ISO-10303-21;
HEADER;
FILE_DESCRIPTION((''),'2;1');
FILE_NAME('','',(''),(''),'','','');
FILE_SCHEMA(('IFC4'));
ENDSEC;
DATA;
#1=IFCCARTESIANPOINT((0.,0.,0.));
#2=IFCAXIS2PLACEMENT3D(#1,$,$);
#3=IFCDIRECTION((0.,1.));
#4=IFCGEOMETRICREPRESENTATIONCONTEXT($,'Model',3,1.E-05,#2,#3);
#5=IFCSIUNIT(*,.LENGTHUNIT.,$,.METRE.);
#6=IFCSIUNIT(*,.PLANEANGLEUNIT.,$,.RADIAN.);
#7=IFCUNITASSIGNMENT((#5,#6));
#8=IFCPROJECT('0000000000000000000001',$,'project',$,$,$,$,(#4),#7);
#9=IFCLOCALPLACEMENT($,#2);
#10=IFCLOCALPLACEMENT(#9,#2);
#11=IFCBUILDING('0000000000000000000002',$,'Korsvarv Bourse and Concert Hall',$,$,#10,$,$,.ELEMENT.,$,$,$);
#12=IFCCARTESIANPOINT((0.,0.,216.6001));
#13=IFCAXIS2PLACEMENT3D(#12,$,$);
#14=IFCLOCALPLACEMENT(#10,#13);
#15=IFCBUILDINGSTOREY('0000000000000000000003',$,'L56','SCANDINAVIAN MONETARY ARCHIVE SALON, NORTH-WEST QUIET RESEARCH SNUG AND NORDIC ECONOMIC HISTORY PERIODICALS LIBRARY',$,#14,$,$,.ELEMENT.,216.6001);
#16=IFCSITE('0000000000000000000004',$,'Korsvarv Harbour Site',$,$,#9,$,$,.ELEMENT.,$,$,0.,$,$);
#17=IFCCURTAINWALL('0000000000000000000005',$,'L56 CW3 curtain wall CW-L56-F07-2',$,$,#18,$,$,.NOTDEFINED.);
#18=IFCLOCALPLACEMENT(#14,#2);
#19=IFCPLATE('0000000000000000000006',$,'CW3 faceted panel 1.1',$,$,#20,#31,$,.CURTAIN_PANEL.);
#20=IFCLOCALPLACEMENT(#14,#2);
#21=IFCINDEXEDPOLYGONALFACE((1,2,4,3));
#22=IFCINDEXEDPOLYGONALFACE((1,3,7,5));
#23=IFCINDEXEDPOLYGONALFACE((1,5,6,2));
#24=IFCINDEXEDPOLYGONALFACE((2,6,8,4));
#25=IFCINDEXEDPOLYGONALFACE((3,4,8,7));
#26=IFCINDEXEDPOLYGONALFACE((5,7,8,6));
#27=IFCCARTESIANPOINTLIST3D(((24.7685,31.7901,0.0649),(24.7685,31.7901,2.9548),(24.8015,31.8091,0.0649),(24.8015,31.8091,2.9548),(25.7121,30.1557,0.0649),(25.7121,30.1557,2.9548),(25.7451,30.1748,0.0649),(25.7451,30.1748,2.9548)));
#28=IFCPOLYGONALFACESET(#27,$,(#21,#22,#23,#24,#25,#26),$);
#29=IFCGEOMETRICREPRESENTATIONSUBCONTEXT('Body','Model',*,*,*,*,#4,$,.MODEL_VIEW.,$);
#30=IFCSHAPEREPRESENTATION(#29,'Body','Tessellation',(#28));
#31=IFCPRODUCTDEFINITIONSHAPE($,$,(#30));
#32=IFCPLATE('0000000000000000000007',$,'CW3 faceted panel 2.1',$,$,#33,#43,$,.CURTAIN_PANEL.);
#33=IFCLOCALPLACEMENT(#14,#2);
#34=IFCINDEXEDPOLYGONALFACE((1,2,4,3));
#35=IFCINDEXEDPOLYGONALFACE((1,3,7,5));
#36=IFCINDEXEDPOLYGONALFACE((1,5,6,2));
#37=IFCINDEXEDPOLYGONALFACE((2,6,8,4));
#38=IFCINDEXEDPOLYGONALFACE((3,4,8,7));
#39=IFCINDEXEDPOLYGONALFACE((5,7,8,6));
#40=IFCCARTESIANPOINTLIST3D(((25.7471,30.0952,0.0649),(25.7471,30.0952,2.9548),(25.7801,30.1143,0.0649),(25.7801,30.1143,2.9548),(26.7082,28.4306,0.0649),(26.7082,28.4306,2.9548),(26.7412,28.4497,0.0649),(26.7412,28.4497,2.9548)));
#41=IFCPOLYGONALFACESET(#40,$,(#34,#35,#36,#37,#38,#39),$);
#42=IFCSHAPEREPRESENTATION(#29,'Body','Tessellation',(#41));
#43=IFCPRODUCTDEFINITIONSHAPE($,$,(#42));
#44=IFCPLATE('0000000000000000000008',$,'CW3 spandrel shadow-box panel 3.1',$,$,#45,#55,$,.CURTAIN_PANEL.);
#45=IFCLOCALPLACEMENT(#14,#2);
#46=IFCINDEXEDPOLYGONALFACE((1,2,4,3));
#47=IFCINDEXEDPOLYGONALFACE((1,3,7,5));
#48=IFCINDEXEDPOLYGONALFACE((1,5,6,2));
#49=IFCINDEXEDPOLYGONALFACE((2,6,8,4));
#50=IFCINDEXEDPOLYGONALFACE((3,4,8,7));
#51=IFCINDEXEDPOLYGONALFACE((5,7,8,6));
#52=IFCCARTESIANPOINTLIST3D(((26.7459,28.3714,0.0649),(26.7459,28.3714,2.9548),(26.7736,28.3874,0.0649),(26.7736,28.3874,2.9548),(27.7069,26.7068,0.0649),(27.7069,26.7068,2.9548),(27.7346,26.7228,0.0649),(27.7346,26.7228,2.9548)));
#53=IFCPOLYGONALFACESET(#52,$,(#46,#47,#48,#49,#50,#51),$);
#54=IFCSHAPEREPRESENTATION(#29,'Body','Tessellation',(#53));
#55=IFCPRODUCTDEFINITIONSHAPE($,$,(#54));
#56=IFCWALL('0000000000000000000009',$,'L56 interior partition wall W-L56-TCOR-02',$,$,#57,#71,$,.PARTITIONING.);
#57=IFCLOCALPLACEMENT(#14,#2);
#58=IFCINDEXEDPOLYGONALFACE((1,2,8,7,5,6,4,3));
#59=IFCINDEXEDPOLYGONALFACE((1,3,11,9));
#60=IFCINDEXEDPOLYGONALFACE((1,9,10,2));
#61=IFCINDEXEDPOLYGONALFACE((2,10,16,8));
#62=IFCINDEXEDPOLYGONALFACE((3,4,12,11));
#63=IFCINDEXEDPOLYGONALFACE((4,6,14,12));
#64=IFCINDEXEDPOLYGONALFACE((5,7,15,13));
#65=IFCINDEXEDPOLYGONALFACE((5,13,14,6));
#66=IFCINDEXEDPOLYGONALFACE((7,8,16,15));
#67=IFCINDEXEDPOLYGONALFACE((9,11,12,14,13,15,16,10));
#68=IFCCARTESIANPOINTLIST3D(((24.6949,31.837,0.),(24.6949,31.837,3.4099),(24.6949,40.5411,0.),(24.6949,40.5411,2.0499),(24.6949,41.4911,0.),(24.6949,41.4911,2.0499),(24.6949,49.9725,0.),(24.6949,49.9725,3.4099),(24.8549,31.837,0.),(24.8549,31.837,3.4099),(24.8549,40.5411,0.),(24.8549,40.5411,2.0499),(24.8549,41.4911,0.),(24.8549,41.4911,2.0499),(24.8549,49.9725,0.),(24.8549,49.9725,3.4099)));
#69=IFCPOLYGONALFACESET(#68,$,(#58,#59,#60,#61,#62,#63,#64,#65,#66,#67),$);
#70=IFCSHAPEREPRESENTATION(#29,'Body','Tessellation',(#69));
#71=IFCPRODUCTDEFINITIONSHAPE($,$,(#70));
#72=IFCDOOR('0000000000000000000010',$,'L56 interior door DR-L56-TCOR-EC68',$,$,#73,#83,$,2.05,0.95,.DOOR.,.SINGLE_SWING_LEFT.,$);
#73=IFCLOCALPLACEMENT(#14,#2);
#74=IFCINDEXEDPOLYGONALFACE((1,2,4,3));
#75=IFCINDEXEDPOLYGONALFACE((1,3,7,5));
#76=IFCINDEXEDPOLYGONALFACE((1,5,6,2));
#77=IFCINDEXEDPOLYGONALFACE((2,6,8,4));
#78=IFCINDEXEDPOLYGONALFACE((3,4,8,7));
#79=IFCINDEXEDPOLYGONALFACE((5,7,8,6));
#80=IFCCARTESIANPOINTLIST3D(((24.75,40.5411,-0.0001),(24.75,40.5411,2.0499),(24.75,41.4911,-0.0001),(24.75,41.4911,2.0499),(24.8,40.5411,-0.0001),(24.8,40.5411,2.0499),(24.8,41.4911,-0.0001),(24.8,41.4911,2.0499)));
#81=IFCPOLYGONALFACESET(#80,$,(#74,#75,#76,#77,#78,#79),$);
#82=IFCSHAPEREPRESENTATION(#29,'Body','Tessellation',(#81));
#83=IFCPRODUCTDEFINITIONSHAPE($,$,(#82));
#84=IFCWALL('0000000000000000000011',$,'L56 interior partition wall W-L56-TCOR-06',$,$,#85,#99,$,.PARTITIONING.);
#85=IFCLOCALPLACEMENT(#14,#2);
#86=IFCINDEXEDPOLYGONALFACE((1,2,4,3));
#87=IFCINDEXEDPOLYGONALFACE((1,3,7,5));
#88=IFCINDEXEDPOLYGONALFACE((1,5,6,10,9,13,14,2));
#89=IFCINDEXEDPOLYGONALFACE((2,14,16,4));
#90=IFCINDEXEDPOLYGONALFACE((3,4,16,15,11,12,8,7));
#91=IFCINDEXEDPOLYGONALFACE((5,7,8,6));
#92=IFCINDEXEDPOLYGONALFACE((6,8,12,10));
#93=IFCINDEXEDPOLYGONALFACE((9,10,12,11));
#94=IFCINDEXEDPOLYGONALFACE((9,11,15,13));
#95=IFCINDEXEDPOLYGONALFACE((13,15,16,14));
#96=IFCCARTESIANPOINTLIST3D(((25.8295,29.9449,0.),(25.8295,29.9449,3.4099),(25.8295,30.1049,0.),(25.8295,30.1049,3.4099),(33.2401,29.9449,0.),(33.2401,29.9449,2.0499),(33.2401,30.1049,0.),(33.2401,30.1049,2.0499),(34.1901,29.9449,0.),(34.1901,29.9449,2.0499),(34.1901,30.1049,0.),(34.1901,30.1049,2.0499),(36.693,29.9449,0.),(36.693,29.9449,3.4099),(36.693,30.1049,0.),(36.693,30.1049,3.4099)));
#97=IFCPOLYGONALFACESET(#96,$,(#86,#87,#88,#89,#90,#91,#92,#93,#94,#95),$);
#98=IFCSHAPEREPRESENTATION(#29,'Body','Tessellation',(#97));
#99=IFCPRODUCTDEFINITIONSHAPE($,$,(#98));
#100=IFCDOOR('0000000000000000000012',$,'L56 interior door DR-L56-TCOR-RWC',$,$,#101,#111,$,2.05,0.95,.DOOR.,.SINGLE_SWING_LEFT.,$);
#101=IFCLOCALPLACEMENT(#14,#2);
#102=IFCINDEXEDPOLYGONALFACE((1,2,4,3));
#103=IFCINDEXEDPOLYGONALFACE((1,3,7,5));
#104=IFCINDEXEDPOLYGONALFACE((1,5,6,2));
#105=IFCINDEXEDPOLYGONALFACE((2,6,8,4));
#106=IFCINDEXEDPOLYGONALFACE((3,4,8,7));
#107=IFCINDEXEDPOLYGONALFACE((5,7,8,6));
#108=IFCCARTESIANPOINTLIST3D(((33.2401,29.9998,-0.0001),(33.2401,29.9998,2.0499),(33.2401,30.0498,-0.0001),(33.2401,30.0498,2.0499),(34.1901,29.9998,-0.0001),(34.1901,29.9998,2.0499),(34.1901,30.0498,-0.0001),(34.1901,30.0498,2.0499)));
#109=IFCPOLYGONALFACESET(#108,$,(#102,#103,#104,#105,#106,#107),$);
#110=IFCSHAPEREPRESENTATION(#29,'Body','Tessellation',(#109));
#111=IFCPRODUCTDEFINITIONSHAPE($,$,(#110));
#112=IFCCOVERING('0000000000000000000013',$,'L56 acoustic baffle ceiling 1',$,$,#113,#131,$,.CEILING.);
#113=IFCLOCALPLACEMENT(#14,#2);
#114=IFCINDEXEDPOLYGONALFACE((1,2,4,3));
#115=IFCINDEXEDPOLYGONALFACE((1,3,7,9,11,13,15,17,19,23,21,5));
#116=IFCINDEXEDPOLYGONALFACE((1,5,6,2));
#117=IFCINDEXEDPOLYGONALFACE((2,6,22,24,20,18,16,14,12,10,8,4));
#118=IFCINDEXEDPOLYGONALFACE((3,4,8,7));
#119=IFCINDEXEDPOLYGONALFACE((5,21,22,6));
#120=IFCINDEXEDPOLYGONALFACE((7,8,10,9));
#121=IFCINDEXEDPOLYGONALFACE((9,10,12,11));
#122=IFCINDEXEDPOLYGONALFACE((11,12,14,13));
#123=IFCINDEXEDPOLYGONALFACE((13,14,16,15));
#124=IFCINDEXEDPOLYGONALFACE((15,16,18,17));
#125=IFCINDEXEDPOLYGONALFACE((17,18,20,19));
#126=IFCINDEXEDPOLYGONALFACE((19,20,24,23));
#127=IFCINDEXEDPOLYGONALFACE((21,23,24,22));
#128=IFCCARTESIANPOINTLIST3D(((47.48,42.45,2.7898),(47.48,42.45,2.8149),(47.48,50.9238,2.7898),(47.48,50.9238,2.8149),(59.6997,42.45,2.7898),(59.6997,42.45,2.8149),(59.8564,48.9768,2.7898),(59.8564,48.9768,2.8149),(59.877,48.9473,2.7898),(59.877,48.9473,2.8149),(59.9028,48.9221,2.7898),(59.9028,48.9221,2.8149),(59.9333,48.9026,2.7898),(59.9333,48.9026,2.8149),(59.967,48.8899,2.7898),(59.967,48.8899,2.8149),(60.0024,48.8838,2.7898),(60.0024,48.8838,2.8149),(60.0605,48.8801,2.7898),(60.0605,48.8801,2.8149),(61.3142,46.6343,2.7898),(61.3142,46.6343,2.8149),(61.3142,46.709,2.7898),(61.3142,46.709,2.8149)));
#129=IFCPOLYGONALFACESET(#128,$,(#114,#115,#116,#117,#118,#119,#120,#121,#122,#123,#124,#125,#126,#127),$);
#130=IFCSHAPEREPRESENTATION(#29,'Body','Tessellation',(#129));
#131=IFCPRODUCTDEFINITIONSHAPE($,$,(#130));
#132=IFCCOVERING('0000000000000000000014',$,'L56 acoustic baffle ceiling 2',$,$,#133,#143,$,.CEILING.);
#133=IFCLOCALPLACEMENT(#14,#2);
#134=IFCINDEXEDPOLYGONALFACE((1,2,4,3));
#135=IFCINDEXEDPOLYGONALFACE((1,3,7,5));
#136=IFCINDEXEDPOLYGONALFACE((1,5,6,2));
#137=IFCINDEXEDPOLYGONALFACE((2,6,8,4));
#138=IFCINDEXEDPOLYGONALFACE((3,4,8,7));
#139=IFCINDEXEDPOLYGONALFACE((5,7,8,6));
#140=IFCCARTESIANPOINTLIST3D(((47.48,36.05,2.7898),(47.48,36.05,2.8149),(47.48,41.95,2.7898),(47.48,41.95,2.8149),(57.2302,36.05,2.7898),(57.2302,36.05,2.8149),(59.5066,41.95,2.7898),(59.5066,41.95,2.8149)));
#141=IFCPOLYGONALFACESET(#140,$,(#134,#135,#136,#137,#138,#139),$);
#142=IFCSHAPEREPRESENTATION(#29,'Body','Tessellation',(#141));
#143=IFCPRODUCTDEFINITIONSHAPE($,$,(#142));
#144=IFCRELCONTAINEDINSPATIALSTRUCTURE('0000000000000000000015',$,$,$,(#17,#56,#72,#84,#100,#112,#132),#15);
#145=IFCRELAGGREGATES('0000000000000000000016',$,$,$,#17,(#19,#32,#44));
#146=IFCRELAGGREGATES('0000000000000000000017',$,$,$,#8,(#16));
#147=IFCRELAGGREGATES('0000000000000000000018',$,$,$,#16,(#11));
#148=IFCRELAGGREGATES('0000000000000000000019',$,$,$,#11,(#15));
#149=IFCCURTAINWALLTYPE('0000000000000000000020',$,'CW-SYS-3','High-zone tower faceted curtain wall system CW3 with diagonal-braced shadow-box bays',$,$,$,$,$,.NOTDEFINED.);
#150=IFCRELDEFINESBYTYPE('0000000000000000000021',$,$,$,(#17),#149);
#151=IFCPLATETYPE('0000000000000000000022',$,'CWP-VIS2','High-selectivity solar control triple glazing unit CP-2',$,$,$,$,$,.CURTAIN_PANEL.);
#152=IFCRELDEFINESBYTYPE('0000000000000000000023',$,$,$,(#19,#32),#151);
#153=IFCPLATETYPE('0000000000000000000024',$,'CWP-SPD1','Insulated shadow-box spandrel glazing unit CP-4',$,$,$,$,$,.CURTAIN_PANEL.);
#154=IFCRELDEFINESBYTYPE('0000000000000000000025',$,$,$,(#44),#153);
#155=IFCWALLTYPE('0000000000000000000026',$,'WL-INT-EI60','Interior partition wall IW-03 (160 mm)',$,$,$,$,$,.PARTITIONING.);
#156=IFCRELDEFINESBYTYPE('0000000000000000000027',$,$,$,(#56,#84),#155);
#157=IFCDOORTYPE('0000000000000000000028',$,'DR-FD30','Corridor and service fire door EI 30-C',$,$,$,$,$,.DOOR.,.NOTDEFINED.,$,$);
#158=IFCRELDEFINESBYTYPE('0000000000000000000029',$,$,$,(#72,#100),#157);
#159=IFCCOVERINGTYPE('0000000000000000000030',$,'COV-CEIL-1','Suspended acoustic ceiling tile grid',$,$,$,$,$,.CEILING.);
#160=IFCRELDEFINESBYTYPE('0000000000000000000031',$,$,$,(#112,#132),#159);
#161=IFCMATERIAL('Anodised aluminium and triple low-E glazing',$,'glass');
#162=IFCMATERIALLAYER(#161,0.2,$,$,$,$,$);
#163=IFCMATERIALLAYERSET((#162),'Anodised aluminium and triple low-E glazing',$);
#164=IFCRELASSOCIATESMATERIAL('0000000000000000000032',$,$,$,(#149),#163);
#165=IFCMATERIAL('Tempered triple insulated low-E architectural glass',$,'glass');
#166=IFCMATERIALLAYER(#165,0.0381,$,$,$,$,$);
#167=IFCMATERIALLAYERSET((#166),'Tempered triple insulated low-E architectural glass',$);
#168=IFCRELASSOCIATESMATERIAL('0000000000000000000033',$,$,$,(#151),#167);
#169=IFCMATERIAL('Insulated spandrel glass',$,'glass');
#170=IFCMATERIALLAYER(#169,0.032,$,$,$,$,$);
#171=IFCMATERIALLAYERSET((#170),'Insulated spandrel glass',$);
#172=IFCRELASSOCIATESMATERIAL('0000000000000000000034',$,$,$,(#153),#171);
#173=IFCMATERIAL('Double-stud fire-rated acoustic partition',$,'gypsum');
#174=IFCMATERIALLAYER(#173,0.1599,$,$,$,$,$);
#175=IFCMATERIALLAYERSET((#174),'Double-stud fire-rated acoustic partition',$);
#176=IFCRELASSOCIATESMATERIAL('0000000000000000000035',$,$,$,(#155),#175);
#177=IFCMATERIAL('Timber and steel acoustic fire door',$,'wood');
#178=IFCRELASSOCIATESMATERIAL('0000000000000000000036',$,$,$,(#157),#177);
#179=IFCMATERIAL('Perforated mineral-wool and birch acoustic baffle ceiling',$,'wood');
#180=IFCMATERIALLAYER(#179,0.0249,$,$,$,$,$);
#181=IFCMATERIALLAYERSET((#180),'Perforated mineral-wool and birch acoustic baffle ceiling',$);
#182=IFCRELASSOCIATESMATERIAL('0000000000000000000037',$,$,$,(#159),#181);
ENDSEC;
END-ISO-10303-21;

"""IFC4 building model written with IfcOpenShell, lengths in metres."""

from ifc_helpers import new_model, si_unit, direction, frame, frame_2d, origin, origin_2d, place, context, subcontext, project, spatial, polyline, rectangle, outline, extrude, source, transform, mapped, material, layer, layer_set, type_object, element, fill, aggregate, save


model = new_model("IFC4")

# Units and contexts
model_context = context("Model", 3, precision=1e-05, world=origin(), true_north=direction((0.0, 1.0)))
body_context = subcontext(model_context, "Body", "Model", "MODEL_VIEW")
ifc_project = project(units=[si_unit("LENGTHUNIT", "METRE"), si_unit("PLANEANGLEUNIT", "RADIAN")], contexts=[model_context])

# Site, building, storey
site_placement = place(None, origin())
site = spatial("IfcSite", under=ifc_project, at=site_placement, Name="Korsvarv Harbour Site", CompositionType="ELEMENT", RefElevation=0.0)
building_placement = place(site_placement, origin())
building = spatial("IfcBuilding", under=site, at=building_placement, Name="Korsvarv Bourse and Concert Hall", CompositionType="ELEMENT")
storey_placement = place(building_placement, frame((0.0, 0.0, 216.6001)))
storey = spatial("IfcBuildingStorey", under=building, at=storey_placement, Name="L56", Description="SCANDINAVIAN MONETARY ARCHIVE SALON, NORTH-WEST QUIET RESEARCH SNUG AND NORDIC ECONOMIC HISTORY PERIODICALS LIBRARY", CompositionType="ELEMENT", Elevation=216.6001)

# Curtain wall
ifc_material_1 = material(Name="Anodised aluminium and triple low-E glazing", Category="glass")
ifc_layer_1 = layer(ifc_material_1, 0.2)
ifc_layer_set_1 = layer_set([ifc_layer_1], Name="Anodised aluminium and triple low-E glazing")
curtain_wall_type = type_object("IfcCurtainWallType", Name="CW-SYS-3", Description="High-zone tower faceted curtain wall system CW3 with diagonal-braced shadow-box bays", PredefinedType="NOTDEFINED", material=ifc_layer_set_1)
curtain_wall_1_placement = place(storey_placement, origin())
curtain_wall_1 = element("IfcCurtainWall", 1, at=curtain_wall_1_placement, inside=storey, type_object=curtain_wall_type, Name="L56 CW3 curtain wall CW-L56-F07-2", PredefinedType="NOTDEFINED")

# Plates
ifc_material_2 = material(Name="Tempered triple insulated low-E architectural glass", Category="glass")
ifc_layer_2 = layer(ifc_material_2, 0.0381)
ifc_layer_set_2 = layer_set([ifc_layer_2], Name="Tempered triple insulated low-E architectural glass")
plate_type_1 = type_object("IfcPlateType", Name="CWP-VIS2", Description="High-selectivity solar control triple glazing unit CP-2", PredefinedType="CURTAIN_PANEL", material=ifc_layer_set_2)
shared_shape_1 = source(origin(), body_context, "Body", "SweptSolid", [
    extrude(rectangle(XDim=1.8872, YDim=0.0381, at=origin_2d()), origin(), (0.0, 0.0, 1.0), 2.8899),
])
plate_1_placement = place(storey_placement, frame((25.2568, 30.9824, 0.0649), z_axis=(0.0, 0.0, 1.0), x_axis=(0.499996, -0.866028, 0.0)))
plate_1 = element("IfcPlate", 2, at=plate_1_placement, type_object=plate_type_1, Name="CW3 faceted panel 1.1", PredefinedType="CURTAIN_PANEL", context=body_context, shape_type="MappedRepresentation", body=[
    mapped(shared_shape_1, transform((0.0, 0.0, 0.0), scale=1.0)),
])
shared_shape_2 = source(origin(), body_context, "Body", "SweptSolid", [
    extrude(rectangle(XDim=1.9221, YDim=0.0381, at=origin_2d()), origin(), (0.0, 0.0, 1.0), 2.8899),
])
plate_2_placement = place(storey_placement, frame((26.2441, 29.2725, 0.0649), z_axis=(0.0, 0.0, 1.0), x_axis=(0.499996, -0.866028, 0.0)))
plate_2 = element("IfcPlate", 3, at=plate_2_placement, type_object=plate_type_1, Name="CW3 faceted panel 2.1", PredefinedType="CURTAIN_PANEL", context=body_context, shape_type="MappedRepresentation", body=[
    mapped(shared_shape_2, transform((0.0, 0.0, 0.0), scale=1.0)),
])
ifc_material_3 = material(Name="Insulated spandrel glass", Category="glass")
ifc_layer_3 = layer(ifc_material_3, 0.032)
ifc_layer_set_3 = layer_set([ifc_layer_3], Name="Insulated spandrel glass")
plate_type_2 = type_object("IfcPlateType", Name="CWP-SPD1", Description="Insulated shadow-box spandrel glazing unit CP-4", PredefinedType="CURTAIN_PANEL", material=ifc_layer_set_3)
shared_shape_3 = source(origin(), body_context, "Body", "SweptSolid", [
    extrude(rectangle(XDim=1.9221, YDim=0.032, at=origin_2d()), origin(), (0.0, 0.0, 1.0), 2.8899),
])
plate_3_placement = place(storey_placement, frame((27.2402, 27.5471, 0.0649), z_axis=(0.0, 0.0, 1.0), x_axis=(0.499996, -0.866028, 0.0)))
plate_3 = element("IfcPlate", 4, at=plate_3_placement, type_object=plate_type_2, Name="CW3 spandrel shadow-box panel 3.1", PredefinedType="CURTAIN_PANEL", context=body_context, shape_type="MappedRepresentation", body=[
    mapped(shared_shape_3, transform((0.0, 0.0, 0.0), scale=1.0)),
])
aggregate(curtain_wall_1, [plate_1, plate_2, plate_3])

# Walls, openings, doors
ifc_material_4 = material(Name="Double-stud fire-rated acoustic partition", Category="gypsum")
ifc_layer_4 = layer(ifc_material_4, 0.1599)
ifc_layer_set_4 = layer_set([ifc_layer_4], Name="Double-stud fire-rated acoustic partition")
wall_type = type_object("IfcWallType", Name="WL-INT-EI60", Description="Interior partition wall IW-03 (160 mm)", PredefinedType="PARTITIONING", material=ifc_layer_set_4)
wall_1_placement = place(storey_placement, frame((24.7749, 31.8369, 0.0), z_axis=(0.0, 0.0, 1.0), x_axis=(0.0, 1.0, 0.0)))
wall_1 = element("IfcWall", 5, at=wall_1_placement, inside=storey, type_object=wall_type, Name="L56 interior partition wall W-L56-TCOR-02", PredefinedType="PARTITIONING", context=body_context, shape_type="SweptSolid", body=[
    extrude(rectangle(XDim=18.1355, YDim=0.1599, at=frame_2d((9.0679, 0.0))), origin(), (0.0, 0.0, 1.0), 3.4099),
])
opening_1_placement = place(wall_1_placement, frame((8.7041, 0.0, 0.0)))
opening_1 = element("IfcOpeningElement", 6, at=opening_1_placement, cuts=wall_1, PredefinedType="OPENING", context=body_context, shape_type="SweptSolid", body=[
    extrude(rectangle(XDim=0.95, YDim=2.05, at=frame_2d((0.4751, 1.0249))), frame((0.0, 0.0898, 0.0), z_axis=(0.0, -1.0, 0.0), x_axis=(1.0, 0.0, 0.0)), (0.0, 0.0, 1.0), 0.1799),
])
ifc_material_5 = material(Name="Timber and steel acoustic fire door", Category="wood")
door_type = type_object("IfcDoorType", Name="DR-FD30", Description="Corridor and service fire door EI 30-C", OperationType="NOTDEFINED", PredefinedType="DOOR", material=ifc_material_5)
door_1_placement = place(opening_1_placement, origin())
door_1 = element("IfcDoor", 7, at=door_1_placement, inside=storey, type_object=door_type, Name="L56 interior door DR-L56-TCOR-EC68", OperationType="SINGLE_SWING_LEFT", OverallHeight=2.05, OverallWidth=0.95, PredefinedType="DOOR", context=body_context, shape_type="SweptSolid", body=[
    extrude(rectangle(XDim=0.95, YDim=2.05, at=frame_2d((0.4751, 1.0249))), frame((0.0, 0.0249, 0.0), z_axis=(0.0, -1.0, 0.0), x_axis=(1.0, 0.0, 0.0)), (0.0, 0.0, 1.0), 0.05),
])
fill(opening_1, door_1)
wall_2_placement = place(storey_placement, frame((25.8296, 30.0249, 0.0), z_axis=(0.0, 0.0, 1.0), x_axis=(1.0, 0.0, 0.0)))
wall_2 = element("IfcWall", 8, at=wall_2_placement, inside=storey, type_object=wall_type, Name="L56 interior partition wall W-L56-TCOR-06", PredefinedType="PARTITIONING", context=body_context, shape_type="SweptSolid", body=[
    extrude(rectangle(XDim=10.8635, YDim=0.1599, at=frame_2d((5.4316, 0.0))), origin(), (0.0, 0.0, 1.0), 3.4099),
])
opening_2_placement = place(wall_2_placement, frame((7.4104, 0.0, 0.0)))
opening_2 = element("IfcOpeningElement", 9, at=opening_2_placement, cuts=wall_2, PredefinedType="OPENING", context=body_context, shape_type="SweptSolid", body=[
    extrude(rectangle(XDim=0.95, YDim=2.05, at=frame_2d((0.4751, 1.0249))), frame((0.0, 0.0898, 0.0), z_axis=(0.0, -1.0, 0.0), x_axis=(1.0, 0.0, 0.0)), (0.0, 0.0, 1.0), 0.1799),
])
door_2_placement = place(opening_2_placement, origin())
door_2 = element("IfcDoor", 10, at=door_2_placement, inside=storey, type_object=door_type, Name="L56 interior door DR-L56-TCOR-RWC", OperationType="SINGLE_SWING_LEFT", OverallHeight=2.05, OverallWidth=0.95, PredefinedType="DOOR", context=body_context, shape_type="SweptSolid", body=[
    extrude(rectangle(XDim=0.95, YDim=2.05, at=frame_2d((0.4751, 1.0249))), frame((0.0, 0.0249, 0.0), z_axis=(0.0, -1.0, 0.0), x_axis=(1.0, 0.0, 0.0)), (0.0, 0.0, 1.0), 0.05),
])
fill(opening_2, door_2)

# Coverings
ifc_material_6 = material(Name="Perforated mineral-wool and birch acoustic baffle ceiling", Category="wood")
ifc_layer_5 = layer(ifc_material_6, 0.0249)
ifc_layer_set_5 = layer_set([ifc_layer_5], Name="Perforated mineral-wool and birch acoustic baffle ceiling")
covering_type_1 = type_object("IfcCoveringType", Name="COV-CEIL-1", Description="Suspended acoustic ceiling tile grid", PredefinedType="CEILING", material=ifc_layer_set_5)
covering_1_placement = place(storey_placement, frame((0.0, 0.0, 2.7898)))
element("IfcCovering", 11, at=covering_1_placement, inside=storey, type_object=covering_type_1, Name="L56 acoustic baffle ceiling 1", PredefinedType="CEILING", context=body_context, shape_type="SweptSolid", body=[
    extrude(outline(polyline([(59.8564, 48.9768), (59.877, 48.9473), (59.9028, 48.9221), (59.9333, 48.9026), (59.967, 48.8899), (60.0024, 48.8838), (60.0605, 48.8801), (61.3142, 46.709), (61.3142, 46.6343), (59.6997, 42.45), (47.48, 42.45), (47.48, 50.9238), (59.8564, 48.9768)])), origin(), (0.0, 0.0, 1.0), 0.0251),
])
covering_2_placement = place(storey_placement, frame((0.0, 0.0, 2.7898)))
element("IfcCovering", 12, at=covering_2_placement, inside=storey, type_object=covering_type_1, Name="L56 acoustic baffle ceiling 2", PredefinedType="CEILING", context=body_context, shape_type="SweptSolid", body=[
    extrude(outline(polyline([(47.48, 36.05), (47.48, 41.95), (59.5066, 41.95), (57.2302, 36.05), (47.48, 36.05)])), origin(), (0.0, 0.0, 1.0), 0.0251),
])

save(model, "model.ifc")
